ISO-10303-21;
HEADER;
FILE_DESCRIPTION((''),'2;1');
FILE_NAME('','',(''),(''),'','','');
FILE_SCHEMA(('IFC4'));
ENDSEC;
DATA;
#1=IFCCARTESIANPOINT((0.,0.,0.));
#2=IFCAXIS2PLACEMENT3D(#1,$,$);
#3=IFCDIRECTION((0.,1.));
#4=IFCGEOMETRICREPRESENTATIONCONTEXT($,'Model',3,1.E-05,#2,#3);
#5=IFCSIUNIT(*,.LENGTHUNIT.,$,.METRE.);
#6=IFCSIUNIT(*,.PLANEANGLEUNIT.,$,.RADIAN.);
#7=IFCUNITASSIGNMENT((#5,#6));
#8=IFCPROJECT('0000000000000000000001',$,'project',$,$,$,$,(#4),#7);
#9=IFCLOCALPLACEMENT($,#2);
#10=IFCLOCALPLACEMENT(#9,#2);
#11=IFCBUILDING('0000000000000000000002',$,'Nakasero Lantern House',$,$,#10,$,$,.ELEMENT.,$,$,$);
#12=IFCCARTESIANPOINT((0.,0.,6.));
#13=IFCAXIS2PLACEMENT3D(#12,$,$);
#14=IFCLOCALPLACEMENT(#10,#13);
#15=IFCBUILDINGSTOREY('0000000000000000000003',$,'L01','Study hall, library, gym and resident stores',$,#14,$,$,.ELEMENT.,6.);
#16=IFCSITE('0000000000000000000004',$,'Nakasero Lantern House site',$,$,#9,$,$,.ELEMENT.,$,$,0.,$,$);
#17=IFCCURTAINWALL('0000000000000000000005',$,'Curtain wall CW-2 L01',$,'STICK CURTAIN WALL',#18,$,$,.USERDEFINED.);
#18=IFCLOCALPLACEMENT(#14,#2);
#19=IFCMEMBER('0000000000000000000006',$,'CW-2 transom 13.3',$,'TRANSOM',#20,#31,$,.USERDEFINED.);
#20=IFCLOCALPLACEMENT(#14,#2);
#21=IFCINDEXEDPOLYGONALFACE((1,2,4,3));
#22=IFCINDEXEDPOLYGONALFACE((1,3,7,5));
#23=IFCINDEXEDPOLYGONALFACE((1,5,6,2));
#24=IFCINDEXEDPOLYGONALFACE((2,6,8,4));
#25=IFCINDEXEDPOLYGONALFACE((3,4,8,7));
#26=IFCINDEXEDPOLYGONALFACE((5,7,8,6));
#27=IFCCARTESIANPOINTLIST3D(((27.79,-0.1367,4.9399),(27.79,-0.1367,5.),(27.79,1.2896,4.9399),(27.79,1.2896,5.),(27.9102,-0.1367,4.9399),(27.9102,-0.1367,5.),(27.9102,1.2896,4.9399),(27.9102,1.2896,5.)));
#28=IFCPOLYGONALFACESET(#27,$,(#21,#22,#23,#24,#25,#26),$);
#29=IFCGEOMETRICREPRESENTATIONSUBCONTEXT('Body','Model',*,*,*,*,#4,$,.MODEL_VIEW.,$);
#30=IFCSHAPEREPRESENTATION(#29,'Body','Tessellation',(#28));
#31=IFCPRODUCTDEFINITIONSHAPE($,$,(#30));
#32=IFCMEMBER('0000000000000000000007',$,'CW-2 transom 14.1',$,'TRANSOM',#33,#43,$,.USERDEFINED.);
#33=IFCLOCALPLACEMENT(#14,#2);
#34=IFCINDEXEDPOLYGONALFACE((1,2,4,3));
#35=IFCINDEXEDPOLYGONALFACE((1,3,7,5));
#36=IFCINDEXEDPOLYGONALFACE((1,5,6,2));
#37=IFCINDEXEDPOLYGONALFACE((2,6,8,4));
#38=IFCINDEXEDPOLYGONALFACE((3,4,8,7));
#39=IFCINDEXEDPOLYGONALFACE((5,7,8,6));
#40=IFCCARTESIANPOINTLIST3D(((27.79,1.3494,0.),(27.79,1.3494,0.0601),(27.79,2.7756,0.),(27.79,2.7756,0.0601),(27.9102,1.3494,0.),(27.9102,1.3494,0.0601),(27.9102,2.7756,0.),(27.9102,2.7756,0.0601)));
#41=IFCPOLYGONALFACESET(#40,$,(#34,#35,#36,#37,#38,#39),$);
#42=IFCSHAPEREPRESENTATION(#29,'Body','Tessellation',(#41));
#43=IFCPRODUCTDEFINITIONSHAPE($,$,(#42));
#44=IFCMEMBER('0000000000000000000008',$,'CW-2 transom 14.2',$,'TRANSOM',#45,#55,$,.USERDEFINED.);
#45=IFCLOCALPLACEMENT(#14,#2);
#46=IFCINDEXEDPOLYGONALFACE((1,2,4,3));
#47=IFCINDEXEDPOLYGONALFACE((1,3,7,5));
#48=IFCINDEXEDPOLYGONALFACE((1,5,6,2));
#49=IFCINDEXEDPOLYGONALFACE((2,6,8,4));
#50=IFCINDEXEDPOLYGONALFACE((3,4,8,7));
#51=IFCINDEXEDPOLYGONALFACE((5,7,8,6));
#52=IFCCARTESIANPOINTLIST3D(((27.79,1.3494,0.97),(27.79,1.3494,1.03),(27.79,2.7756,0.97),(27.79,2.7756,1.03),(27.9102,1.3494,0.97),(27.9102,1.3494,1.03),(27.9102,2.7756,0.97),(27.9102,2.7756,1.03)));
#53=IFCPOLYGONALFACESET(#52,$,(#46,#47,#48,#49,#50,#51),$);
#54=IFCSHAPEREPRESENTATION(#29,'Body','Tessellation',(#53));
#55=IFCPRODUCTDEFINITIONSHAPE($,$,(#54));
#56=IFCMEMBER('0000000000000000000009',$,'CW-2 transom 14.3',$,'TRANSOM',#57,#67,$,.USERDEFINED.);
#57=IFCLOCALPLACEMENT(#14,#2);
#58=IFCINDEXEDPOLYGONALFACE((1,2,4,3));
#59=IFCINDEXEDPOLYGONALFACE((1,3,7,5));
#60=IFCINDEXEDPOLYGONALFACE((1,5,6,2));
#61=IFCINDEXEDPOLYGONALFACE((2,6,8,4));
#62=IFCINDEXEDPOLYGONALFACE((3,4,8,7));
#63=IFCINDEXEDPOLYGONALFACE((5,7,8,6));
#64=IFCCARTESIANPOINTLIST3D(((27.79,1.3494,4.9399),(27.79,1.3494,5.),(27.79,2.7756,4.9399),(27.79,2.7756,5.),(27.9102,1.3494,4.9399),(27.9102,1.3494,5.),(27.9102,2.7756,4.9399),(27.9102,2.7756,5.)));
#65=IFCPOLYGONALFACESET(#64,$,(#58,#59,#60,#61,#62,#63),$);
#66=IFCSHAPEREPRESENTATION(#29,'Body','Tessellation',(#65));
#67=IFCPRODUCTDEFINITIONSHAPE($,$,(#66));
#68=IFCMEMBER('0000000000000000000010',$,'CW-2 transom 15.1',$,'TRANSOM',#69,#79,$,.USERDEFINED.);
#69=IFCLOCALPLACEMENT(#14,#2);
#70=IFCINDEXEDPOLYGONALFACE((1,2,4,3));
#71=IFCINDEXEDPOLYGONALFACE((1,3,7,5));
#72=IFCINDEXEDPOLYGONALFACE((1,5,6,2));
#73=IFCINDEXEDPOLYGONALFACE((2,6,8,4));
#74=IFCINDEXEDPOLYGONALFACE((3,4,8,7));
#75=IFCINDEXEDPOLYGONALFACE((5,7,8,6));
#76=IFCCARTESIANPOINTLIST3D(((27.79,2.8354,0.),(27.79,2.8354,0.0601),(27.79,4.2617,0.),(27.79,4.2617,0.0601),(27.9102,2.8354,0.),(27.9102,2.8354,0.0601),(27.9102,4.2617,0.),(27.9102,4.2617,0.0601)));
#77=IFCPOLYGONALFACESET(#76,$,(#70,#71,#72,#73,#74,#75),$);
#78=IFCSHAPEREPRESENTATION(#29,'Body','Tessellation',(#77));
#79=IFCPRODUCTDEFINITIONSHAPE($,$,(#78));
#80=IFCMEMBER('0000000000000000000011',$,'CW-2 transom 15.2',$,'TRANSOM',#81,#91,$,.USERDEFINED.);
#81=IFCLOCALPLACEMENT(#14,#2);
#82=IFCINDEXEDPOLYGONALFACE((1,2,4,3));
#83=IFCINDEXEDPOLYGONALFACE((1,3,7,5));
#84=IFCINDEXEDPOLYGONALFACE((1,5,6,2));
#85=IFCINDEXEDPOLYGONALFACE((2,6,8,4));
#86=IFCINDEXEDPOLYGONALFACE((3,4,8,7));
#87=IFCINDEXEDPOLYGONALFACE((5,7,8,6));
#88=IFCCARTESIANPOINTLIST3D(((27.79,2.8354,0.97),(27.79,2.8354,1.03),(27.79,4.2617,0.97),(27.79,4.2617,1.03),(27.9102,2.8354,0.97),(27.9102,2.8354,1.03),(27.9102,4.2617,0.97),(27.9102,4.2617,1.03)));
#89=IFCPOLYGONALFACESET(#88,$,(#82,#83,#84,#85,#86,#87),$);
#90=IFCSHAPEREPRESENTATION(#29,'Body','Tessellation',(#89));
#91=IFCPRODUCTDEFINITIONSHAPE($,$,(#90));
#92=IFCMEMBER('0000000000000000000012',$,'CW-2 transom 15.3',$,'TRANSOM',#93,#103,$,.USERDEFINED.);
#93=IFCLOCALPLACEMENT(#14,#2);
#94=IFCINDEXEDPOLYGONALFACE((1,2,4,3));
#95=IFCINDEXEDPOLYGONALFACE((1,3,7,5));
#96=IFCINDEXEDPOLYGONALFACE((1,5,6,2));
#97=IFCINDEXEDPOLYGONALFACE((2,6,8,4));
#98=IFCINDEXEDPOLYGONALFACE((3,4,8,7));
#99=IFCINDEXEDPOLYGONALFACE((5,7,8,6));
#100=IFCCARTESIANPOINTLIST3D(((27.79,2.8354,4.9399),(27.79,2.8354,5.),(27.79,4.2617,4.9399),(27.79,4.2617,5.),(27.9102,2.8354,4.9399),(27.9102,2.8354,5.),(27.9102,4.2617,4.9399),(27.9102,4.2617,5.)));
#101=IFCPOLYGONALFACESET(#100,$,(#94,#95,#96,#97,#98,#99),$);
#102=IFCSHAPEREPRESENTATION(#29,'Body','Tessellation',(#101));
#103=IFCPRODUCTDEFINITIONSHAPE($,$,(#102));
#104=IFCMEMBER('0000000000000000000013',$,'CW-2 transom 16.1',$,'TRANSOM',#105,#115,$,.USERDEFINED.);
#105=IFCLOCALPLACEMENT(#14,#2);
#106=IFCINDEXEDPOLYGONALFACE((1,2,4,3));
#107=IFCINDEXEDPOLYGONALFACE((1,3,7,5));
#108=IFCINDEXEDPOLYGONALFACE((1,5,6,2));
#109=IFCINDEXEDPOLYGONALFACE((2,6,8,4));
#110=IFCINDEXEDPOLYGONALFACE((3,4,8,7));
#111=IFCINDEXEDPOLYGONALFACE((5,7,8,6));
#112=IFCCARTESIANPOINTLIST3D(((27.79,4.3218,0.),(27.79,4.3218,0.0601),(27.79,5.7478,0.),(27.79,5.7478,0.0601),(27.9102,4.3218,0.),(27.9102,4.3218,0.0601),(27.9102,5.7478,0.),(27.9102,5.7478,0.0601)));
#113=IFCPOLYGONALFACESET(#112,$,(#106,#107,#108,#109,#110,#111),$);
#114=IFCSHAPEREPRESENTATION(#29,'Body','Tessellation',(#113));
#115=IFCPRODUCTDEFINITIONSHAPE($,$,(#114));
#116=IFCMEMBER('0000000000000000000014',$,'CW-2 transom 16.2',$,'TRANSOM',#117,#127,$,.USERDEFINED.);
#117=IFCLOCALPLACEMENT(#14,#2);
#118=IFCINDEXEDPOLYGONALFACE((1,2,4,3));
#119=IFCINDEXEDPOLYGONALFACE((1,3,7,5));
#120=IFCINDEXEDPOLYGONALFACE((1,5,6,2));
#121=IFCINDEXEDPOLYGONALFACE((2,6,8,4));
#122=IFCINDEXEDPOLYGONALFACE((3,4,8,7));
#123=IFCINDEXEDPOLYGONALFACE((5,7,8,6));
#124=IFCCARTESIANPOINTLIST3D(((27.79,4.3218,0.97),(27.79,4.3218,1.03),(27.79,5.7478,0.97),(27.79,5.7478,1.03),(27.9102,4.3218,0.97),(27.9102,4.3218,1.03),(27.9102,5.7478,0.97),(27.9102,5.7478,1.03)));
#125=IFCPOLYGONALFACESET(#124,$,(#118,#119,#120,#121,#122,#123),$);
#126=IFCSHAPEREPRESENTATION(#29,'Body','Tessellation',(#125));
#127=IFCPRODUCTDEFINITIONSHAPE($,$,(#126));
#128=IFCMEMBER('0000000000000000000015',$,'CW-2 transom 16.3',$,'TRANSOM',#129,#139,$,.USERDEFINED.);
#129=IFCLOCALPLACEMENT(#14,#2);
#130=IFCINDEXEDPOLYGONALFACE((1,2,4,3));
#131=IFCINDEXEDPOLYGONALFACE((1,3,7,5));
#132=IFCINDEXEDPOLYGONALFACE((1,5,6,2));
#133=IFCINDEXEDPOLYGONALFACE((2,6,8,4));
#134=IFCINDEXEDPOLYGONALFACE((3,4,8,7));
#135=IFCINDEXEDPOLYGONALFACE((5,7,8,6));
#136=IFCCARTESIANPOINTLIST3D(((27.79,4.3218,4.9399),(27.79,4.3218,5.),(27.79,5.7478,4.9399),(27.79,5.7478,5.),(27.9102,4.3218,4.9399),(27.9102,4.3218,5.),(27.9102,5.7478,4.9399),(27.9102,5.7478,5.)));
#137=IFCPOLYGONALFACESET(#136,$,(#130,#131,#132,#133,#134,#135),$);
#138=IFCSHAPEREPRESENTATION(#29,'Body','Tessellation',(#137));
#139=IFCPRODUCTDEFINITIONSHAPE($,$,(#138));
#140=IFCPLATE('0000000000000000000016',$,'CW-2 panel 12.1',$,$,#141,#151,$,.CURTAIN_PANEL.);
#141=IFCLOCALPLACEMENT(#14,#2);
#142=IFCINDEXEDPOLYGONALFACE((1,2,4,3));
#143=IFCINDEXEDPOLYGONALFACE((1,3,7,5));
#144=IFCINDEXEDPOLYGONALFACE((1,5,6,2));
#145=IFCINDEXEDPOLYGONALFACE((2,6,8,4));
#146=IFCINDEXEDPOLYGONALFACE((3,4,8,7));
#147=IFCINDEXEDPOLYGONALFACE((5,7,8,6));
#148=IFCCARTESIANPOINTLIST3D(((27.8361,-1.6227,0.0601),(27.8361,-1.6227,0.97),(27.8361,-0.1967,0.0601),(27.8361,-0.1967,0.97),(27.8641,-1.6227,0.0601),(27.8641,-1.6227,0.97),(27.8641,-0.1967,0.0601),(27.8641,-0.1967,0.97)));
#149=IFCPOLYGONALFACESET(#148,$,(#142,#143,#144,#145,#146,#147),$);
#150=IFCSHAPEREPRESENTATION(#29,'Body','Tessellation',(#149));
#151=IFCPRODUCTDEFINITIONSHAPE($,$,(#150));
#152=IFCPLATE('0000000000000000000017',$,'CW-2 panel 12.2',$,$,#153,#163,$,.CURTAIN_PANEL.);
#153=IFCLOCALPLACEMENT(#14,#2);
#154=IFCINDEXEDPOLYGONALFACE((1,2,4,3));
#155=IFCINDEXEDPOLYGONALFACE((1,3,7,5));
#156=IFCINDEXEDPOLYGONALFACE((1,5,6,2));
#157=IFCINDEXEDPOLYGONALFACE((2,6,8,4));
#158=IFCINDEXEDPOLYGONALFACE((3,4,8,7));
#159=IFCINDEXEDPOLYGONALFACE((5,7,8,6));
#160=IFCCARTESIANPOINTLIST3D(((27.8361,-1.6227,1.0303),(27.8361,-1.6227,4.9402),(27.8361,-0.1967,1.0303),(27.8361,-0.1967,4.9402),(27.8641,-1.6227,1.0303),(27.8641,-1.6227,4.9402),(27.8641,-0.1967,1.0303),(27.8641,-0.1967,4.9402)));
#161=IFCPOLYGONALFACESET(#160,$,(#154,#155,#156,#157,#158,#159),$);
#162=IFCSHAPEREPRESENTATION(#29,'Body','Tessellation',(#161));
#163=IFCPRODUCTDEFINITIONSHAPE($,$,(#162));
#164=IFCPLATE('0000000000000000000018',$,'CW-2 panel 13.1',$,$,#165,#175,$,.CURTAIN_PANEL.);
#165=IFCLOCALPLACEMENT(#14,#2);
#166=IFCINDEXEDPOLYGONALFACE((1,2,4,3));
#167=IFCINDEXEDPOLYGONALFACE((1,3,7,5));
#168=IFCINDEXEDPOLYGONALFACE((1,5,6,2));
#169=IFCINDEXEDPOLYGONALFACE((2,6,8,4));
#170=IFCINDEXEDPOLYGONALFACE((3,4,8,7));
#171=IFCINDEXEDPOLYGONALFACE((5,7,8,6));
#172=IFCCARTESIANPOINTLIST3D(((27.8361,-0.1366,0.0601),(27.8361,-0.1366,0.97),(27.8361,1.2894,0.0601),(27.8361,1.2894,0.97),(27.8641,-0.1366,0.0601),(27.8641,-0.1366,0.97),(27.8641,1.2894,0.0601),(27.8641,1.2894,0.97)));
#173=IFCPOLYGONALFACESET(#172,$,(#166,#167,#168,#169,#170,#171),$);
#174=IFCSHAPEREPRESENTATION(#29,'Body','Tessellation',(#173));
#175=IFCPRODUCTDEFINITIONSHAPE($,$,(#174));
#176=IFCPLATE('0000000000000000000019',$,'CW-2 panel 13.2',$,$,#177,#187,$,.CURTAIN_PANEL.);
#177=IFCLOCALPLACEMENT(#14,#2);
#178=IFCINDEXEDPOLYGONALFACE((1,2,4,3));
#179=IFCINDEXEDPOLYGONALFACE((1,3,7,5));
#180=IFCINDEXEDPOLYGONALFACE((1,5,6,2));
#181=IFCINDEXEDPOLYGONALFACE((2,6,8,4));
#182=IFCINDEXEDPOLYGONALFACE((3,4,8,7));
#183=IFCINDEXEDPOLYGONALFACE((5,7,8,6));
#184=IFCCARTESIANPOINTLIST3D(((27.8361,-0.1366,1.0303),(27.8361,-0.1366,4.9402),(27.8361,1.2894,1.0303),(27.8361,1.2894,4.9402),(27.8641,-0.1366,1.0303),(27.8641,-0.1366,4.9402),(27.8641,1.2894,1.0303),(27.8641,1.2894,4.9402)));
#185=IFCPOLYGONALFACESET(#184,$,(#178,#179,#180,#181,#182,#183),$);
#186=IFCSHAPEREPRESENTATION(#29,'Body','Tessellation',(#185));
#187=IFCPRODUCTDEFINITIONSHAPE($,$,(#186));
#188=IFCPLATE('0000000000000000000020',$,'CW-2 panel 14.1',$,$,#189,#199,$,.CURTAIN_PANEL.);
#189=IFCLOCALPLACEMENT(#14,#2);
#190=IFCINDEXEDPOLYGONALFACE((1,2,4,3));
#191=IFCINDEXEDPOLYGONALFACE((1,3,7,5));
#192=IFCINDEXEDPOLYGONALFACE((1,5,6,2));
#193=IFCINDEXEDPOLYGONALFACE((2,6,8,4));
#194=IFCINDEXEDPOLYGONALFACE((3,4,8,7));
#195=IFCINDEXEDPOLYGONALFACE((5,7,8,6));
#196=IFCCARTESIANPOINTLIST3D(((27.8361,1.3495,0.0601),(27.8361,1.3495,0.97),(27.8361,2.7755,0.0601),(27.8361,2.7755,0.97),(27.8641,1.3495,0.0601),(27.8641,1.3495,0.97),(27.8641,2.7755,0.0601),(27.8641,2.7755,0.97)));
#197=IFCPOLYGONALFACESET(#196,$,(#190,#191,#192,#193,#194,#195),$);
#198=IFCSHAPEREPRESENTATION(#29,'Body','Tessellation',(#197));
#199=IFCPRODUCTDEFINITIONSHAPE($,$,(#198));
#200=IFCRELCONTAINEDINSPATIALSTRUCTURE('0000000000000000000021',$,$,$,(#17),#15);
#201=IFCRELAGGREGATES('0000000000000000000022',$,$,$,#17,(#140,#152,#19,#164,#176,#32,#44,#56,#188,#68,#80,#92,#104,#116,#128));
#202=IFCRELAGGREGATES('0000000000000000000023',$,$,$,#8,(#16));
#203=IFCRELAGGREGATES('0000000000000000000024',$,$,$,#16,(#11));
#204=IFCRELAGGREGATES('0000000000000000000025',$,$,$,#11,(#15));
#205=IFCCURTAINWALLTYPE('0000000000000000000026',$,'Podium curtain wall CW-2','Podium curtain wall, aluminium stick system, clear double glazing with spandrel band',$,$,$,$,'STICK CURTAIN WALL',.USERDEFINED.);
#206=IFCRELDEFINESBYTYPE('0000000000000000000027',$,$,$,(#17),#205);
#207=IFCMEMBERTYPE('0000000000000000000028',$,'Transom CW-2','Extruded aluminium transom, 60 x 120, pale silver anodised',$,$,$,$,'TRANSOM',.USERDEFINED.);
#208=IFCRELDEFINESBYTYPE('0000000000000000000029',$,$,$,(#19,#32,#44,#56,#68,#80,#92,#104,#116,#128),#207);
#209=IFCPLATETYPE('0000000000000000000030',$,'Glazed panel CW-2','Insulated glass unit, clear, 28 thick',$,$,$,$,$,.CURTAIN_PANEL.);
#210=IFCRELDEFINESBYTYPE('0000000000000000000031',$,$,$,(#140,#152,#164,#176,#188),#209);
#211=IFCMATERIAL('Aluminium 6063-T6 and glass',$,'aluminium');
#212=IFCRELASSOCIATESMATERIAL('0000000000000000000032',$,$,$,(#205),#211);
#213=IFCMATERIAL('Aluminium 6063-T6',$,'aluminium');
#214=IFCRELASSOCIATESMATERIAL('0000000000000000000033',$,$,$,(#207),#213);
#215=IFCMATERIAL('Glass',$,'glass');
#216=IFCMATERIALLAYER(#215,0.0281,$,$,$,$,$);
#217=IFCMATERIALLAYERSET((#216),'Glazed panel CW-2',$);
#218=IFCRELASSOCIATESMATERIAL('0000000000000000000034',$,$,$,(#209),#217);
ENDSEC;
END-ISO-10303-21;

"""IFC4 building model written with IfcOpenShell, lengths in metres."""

from ifc_helpers import new_model, si_unit, direction, frame, origin, origin_2d, place, context, subcontext, project, spatial, rectangle, extrude, material, layer, layer_set, material_profile, profile_set, type_object, element, aggregate, save


model = new_model("IFC4")

# Units and contexts
model_context = context("Model", 3, precision=1e-05, world=origin(), true_north=direction((0.0, 1.0)))
body_context = subcontext(model_context, "Body", "Model", "MODEL_VIEW")
ifc_project = project(units=[si_unit("LENGTHUNIT", "METRE"), si_unit("PLANEANGLEUNIT", "RADIAN")], contexts=[model_context])

# Site, building, storey
site_placement = place(None, origin())
site = spatial("IfcSite", under=ifc_project, at=site_placement, Name="Nakasero Lantern House site", CompositionType="ELEMENT", RefElevation=0.0)
building_placement = place(site_placement, origin())
building = spatial("IfcBuilding", under=site, at=building_placement, Name="Nakasero Lantern House", CompositionType="ELEMENT")
storey_placement = place(building_placement, frame((0.0, 0.0, 6.0)))
storey = spatial("IfcBuildingStorey", under=building, at=storey_placement, Name="L01", Description="Study hall, library, gym and resident stores", CompositionType="ELEMENT", Elevation=6.0)

# Curtain wall
ifc_material_1 = material(Name="Aluminium 6063-T6 and glass", Category="aluminium")
curtain_wall_type = type_object("IfcCurtainWallType", Name="Podium curtain wall CW-2", Description="Podium curtain wall, aluminium stick system, clear double glazing with spandrel band", ElementType="STICK CURTAIN WALL", PredefinedType="USERDEFINED", material=ifc_material_1)
curtain_wall_placement = place(storey_placement, origin())
curtain_wall = element("IfcCurtainWall", 1, at=curtain_wall_placement, inside=storey, type_object=curtain_wall_type, Name="Curtain wall CW-2 L01", ObjectType="STICK CURTAIN WALL", PredefinedType="USERDEFINED")

# Members
ifc_material_2 = material(Name="Aluminium 6063-T6", Category="aluminium")
ifc_material_profile_1 = material_profile(ifc_material_2, rectangle(XDim=0.0601, YDim=0.1201, at=origin_2d()), Name="CW-2 transom 60x120")
ifc_profile_set_1 = profile_set([ifc_material_profile_1], Name="Aluminium 6063-T6")
member_type_1 = type_object("IfcMemberType", Name="Transom CW-2", Description="Extruded aluminium transom, 60 x 120, pale silver anodised", ElementType="TRANSOM", PredefinedType="USERDEFINED", material=ifc_profile_set_1)
member_1_placement = place(storey_placement, frame((27.8501, -0.1367, 4.97), z_axis=(0.0, 1.0, 0.0), x_axis=(0.0, 0.0, 1.0)))
member_1 = element("IfcMember", 2, at=member_1_placement, type_object=member_type_1, Name="CW-2 transom 13.3", ObjectType="TRANSOM", PredefinedType="USERDEFINED", context=body_context, shape_type="SweptSolid", body=[
    extrude(rectangle(XDim=0.0601, YDim=0.1201, at=origin_2d()), origin(), (0.0, 0.0, 1.0), 1.4263),
])
member_2_placement = place(storey_placement, frame((27.8501, 1.3494, 0.03), z_axis=(0.0, 1.0, 0.0), x_axis=(0.0, 0.0, 1.0)))
member_2 = element("IfcMember", 3, at=member_2_placement, type_object=member_type_1, Name="CW-2 transom 14.1", ObjectType="TRANSOM", PredefinedType="USERDEFINED", context=body_context, shape_type="SweptSolid", body=[
    extrude(rectangle(XDim=0.0601, YDim=0.1201, at=origin_2d()), origin(), (0.0, 0.0, 1.0), 1.4263),
])
member_3_placement = place(storey_placement, frame((27.8501, 1.3494, 1.0), z_axis=(0.0, 1.0, 0.0), x_axis=(0.0, 0.0, 1.0)))
member_3 = element("IfcMember", 4, at=member_3_placement, type_object=member_type_1, Name="CW-2 transom 14.2", ObjectType="TRANSOM", PredefinedType="USERDEFINED", context=body_context, shape_type="SweptSolid", body=[
    extrude(rectangle(XDim=0.0601, YDim=0.1201, at=origin_2d()), origin(), (0.0, 0.0, 1.0), 1.4263),
])
member_4_placement = place(storey_placement, frame((27.8501, 1.3494, 4.97), z_axis=(0.0, 1.0, 0.0), x_axis=(0.0, 0.0, 1.0)))
member_4 = element("IfcMember", 5, at=member_4_placement, type_object=member_type_1, Name="CW-2 transom 14.3", ObjectType="TRANSOM", PredefinedType="USERDEFINED", context=body_context, shape_type="SweptSolid", body=[
    extrude(rectangle(XDim=0.0601, YDim=0.1201, at=origin_2d()), origin(), (0.0, 0.0, 1.0), 1.4263),
])
member_5_placement = place(storey_placement, frame((27.8501, 2.8354, 0.03), z_axis=(0.0, 1.0, 0.0), x_axis=(0.0, 0.0, 1.0)))
member_5 = element("IfcMember", 6, at=member_5_placement, type_object=member_type_1, Name="CW-2 transom 15.1", ObjectType="TRANSOM", PredefinedType="USERDEFINED", context=body_context, shape_type="SweptSolid", body=[
    extrude(rectangle(XDim=0.0601, YDim=0.1201, at=origin_2d()), origin(), (0.0, 0.0, 1.0), 1.4263),
])
member_6_placement = place(storey_placement, frame((27.8501, 2.8354, 1.0), z_axis=(0.0, 1.0, 0.0), x_axis=(0.0, 0.0, 1.0)))
member_6 = element("IfcMember", 7, at=member_6_placement, type_object=member_type_1, Name="CW-2 transom 15.2", ObjectType="TRANSOM", PredefinedType="USERDEFINED", context=body_context, shape_type="SweptSolid", body=[
    extrude(rectangle(XDim=0.0601, YDim=0.1201, at=origin_2d()), origin(), (0.0, 0.0, 1.0), 1.4263),
])
member_7_placement = place(storey_placement, frame((27.8501, 2.8354, 4.97), z_axis=(0.0, 1.0, 0.0), x_axis=(0.0, 0.0, 1.0)))
member_7 = element("IfcMember", 8, at=member_7_placement, type_object=member_type_1, Name="CW-2 transom 15.3", ObjectType="TRANSOM", PredefinedType="USERDEFINED", context=body_context, shape_type="SweptSolid", body=[
    extrude(rectangle(XDim=0.0601, YDim=0.1201, at=origin_2d()), origin(), (0.0, 0.0, 1.0), 1.4263),
])
member_8_placement = place(storey_placement, frame((27.8501, 4.3218, 0.03), z_axis=(0.0, 1.0, 0.0), x_axis=(0.0, 0.0, 1.0)))
member_8 = element("IfcMember", 9, at=member_8_placement, type_object=member_type_1, Name="CW-2 transom 16.1", ObjectType="TRANSOM", PredefinedType="USERDEFINED", context=body_context, shape_type="SweptSolid", body=[
    extrude(rectangle(XDim=0.0601, YDim=0.1201, at=origin_2d()), origin(), (0.0, 0.0, 1.0), 1.426),
])
member_9_placement = place(storey_placement, frame((27.8501, 4.3218, 1.0), z_axis=(0.0, 1.0, 0.0), x_axis=(0.0, 0.0, 1.0)))
member_9 = element("IfcMember", 10, at=member_9_placement, type_object=member_type_1, Name="CW-2 transom 16.2", ObjectType="TRANSOM", PredefinedType="USERDEFINED", context=body_context, shape_type="SweptSolid", body=[
    extrude(rectangle(XDim=0.0601, YDim=0.1201, at=origin_2d()), origin(), (0.0, 0.0, 1.0), 1.426),
])
member_10_placement = place(storey_placement, frame((27.8501, 4.3218, 4.97), z_axis=(0.0, 1.0, 0.0), x_axis=(0.0, 0.0, 1.0)))
member_10 = element("IfcMember", 11, at=member_10_placement, type_object=member_type_1, Name="CW-2 transom 16.3", ObjectType="TRANSOM", PredefinedType="USERDEFINED", context=body_context, shape_type="SweptSolid", body=[
    extrude(rectangle(XDim=0.0601, YDim=0.1201, at=origin_2d()), origin(), (0.0, 0.0, 1.0), 1.426),
])

# Plates
ifc_material_3 = material(Name="Glass", Category="glass")
ifc_layer = layer(ifc_material_3, 0.0281)
ifc_layer_set = layer_set([ifc_layer], Name="Glazed panel CW-2")
plate_type = type_object("IfcPlateType", Name="Glazed panel CW-2", Description="Insulated glass unit, clear, 28 thick", PredefinedType="CURTAIN_PANEL", material=ifc_layer_set)
plate_1_placement = place(storey_placement, frame((27.8501, -0.9097, 0.0601), z_axis=(0.0, 0.0, 1.0), x_axis=(0.0, 1.0, 0.0)))
plate_1 = element("IfcPlate", 12, at=plate_1_placement, type_object=plate_type, Name="CW-2 panel 12.1", PredefinedType="CURTAIN_PANEL", context=body_context, shape_type="SweptSolid", body=[
    extrude(rectangle(XDim=1.426, YDim=0.0281, at=origin_2d()), origin(), (0.0, 0.0, 1.0), 0.9099),
])
plate_2_placement = place(storey_placement, frame((27.8501, -0.9097, 1.0303), z_axis=(0.0, 0.0, 1.0), x_axis=(0.0, 1.0, 0.0)))
plate_2 = element("IfcPlate", 13, at=plate_2_placement, type_object=plate_type, Name="CW-2 panel 12.2", PredefinedType="CURTAIN_PANEL", context=body_context, shape_type="SweptSolid", body=[
    extrude(rectangle(XDim=1.426, YDim=0.0281, at=origin_2d()), origin(), (0.0, 0.0, 1.0), 3.9099),
])
plate_3_placement = place(storey_placement, frame((27.8501, 0.5764, 0.0601), z_axis=(0.0, 0.0, 1.0), x_axis=(0.0, 1.0, 0.0)))
plate_3 = element("IfcPlate", 14, at=plate_3_placement, type_object=plate_type, Name="CW-2 panel 13.1", PredefinedType="CURTAIN_PANEL", context=body_context, shape_type="SweptSolid", body=[
    extrude(rectangle(XDim=1.426, YDim=0.0281, at=origin_2d()), origin(), (0.0, 0.0, 1.0), 0.9099),
])
plate_4_placement = place(storey_placement, frame((27.8501, 0.5764, 1.0303), z_axis=(0.0, 0.0, 1.0), x_axis=(0.0, 1.0, 0.0)))
plate_4 = element("IfcPlate", 15, at=plate_4_placement, type_object=plate_type, Name="CW-2 panel 13.2", PredefinedType="CURTAIN_PANEL", context=body_context, shape_type="SweptSolid", body=[
    extrude(rectangle(XDim=1.426, YDim=0.0281, at=origin_2d()), origin(), (0.0, 0.0, 1.0), 3.9099),
])
plate_5_placement = place(storey_placement, frame((27.8501, 2.0625, 0.0601), z_axis=(0.0, 0.0, 1.0), x_axis=(0.0, 1.0, 0.0)))
plate_5 = element("IfcPlate", 16, at=plate_5_placement, type_object=plate_type, Name="CW-2 panel 14.1", PredefinedType="CURTAIN_PANEL", context=body_context, shape_type="SweptSolid", body=[
    extrude(rectangle(XDim=1.426, YDim=0.0281, at=origin_2d()), origin(), (0.0, 0.0, 1.0), 0.9099),
])
aggregate(curtain_wall, [plate_1, plate_2, member_1, plate_3, plate_4, member_2, member_3, member_4, plate_5, member_5, member_6, member_7, member_8, member_9, member_10])

save(model, "model.ifc")
